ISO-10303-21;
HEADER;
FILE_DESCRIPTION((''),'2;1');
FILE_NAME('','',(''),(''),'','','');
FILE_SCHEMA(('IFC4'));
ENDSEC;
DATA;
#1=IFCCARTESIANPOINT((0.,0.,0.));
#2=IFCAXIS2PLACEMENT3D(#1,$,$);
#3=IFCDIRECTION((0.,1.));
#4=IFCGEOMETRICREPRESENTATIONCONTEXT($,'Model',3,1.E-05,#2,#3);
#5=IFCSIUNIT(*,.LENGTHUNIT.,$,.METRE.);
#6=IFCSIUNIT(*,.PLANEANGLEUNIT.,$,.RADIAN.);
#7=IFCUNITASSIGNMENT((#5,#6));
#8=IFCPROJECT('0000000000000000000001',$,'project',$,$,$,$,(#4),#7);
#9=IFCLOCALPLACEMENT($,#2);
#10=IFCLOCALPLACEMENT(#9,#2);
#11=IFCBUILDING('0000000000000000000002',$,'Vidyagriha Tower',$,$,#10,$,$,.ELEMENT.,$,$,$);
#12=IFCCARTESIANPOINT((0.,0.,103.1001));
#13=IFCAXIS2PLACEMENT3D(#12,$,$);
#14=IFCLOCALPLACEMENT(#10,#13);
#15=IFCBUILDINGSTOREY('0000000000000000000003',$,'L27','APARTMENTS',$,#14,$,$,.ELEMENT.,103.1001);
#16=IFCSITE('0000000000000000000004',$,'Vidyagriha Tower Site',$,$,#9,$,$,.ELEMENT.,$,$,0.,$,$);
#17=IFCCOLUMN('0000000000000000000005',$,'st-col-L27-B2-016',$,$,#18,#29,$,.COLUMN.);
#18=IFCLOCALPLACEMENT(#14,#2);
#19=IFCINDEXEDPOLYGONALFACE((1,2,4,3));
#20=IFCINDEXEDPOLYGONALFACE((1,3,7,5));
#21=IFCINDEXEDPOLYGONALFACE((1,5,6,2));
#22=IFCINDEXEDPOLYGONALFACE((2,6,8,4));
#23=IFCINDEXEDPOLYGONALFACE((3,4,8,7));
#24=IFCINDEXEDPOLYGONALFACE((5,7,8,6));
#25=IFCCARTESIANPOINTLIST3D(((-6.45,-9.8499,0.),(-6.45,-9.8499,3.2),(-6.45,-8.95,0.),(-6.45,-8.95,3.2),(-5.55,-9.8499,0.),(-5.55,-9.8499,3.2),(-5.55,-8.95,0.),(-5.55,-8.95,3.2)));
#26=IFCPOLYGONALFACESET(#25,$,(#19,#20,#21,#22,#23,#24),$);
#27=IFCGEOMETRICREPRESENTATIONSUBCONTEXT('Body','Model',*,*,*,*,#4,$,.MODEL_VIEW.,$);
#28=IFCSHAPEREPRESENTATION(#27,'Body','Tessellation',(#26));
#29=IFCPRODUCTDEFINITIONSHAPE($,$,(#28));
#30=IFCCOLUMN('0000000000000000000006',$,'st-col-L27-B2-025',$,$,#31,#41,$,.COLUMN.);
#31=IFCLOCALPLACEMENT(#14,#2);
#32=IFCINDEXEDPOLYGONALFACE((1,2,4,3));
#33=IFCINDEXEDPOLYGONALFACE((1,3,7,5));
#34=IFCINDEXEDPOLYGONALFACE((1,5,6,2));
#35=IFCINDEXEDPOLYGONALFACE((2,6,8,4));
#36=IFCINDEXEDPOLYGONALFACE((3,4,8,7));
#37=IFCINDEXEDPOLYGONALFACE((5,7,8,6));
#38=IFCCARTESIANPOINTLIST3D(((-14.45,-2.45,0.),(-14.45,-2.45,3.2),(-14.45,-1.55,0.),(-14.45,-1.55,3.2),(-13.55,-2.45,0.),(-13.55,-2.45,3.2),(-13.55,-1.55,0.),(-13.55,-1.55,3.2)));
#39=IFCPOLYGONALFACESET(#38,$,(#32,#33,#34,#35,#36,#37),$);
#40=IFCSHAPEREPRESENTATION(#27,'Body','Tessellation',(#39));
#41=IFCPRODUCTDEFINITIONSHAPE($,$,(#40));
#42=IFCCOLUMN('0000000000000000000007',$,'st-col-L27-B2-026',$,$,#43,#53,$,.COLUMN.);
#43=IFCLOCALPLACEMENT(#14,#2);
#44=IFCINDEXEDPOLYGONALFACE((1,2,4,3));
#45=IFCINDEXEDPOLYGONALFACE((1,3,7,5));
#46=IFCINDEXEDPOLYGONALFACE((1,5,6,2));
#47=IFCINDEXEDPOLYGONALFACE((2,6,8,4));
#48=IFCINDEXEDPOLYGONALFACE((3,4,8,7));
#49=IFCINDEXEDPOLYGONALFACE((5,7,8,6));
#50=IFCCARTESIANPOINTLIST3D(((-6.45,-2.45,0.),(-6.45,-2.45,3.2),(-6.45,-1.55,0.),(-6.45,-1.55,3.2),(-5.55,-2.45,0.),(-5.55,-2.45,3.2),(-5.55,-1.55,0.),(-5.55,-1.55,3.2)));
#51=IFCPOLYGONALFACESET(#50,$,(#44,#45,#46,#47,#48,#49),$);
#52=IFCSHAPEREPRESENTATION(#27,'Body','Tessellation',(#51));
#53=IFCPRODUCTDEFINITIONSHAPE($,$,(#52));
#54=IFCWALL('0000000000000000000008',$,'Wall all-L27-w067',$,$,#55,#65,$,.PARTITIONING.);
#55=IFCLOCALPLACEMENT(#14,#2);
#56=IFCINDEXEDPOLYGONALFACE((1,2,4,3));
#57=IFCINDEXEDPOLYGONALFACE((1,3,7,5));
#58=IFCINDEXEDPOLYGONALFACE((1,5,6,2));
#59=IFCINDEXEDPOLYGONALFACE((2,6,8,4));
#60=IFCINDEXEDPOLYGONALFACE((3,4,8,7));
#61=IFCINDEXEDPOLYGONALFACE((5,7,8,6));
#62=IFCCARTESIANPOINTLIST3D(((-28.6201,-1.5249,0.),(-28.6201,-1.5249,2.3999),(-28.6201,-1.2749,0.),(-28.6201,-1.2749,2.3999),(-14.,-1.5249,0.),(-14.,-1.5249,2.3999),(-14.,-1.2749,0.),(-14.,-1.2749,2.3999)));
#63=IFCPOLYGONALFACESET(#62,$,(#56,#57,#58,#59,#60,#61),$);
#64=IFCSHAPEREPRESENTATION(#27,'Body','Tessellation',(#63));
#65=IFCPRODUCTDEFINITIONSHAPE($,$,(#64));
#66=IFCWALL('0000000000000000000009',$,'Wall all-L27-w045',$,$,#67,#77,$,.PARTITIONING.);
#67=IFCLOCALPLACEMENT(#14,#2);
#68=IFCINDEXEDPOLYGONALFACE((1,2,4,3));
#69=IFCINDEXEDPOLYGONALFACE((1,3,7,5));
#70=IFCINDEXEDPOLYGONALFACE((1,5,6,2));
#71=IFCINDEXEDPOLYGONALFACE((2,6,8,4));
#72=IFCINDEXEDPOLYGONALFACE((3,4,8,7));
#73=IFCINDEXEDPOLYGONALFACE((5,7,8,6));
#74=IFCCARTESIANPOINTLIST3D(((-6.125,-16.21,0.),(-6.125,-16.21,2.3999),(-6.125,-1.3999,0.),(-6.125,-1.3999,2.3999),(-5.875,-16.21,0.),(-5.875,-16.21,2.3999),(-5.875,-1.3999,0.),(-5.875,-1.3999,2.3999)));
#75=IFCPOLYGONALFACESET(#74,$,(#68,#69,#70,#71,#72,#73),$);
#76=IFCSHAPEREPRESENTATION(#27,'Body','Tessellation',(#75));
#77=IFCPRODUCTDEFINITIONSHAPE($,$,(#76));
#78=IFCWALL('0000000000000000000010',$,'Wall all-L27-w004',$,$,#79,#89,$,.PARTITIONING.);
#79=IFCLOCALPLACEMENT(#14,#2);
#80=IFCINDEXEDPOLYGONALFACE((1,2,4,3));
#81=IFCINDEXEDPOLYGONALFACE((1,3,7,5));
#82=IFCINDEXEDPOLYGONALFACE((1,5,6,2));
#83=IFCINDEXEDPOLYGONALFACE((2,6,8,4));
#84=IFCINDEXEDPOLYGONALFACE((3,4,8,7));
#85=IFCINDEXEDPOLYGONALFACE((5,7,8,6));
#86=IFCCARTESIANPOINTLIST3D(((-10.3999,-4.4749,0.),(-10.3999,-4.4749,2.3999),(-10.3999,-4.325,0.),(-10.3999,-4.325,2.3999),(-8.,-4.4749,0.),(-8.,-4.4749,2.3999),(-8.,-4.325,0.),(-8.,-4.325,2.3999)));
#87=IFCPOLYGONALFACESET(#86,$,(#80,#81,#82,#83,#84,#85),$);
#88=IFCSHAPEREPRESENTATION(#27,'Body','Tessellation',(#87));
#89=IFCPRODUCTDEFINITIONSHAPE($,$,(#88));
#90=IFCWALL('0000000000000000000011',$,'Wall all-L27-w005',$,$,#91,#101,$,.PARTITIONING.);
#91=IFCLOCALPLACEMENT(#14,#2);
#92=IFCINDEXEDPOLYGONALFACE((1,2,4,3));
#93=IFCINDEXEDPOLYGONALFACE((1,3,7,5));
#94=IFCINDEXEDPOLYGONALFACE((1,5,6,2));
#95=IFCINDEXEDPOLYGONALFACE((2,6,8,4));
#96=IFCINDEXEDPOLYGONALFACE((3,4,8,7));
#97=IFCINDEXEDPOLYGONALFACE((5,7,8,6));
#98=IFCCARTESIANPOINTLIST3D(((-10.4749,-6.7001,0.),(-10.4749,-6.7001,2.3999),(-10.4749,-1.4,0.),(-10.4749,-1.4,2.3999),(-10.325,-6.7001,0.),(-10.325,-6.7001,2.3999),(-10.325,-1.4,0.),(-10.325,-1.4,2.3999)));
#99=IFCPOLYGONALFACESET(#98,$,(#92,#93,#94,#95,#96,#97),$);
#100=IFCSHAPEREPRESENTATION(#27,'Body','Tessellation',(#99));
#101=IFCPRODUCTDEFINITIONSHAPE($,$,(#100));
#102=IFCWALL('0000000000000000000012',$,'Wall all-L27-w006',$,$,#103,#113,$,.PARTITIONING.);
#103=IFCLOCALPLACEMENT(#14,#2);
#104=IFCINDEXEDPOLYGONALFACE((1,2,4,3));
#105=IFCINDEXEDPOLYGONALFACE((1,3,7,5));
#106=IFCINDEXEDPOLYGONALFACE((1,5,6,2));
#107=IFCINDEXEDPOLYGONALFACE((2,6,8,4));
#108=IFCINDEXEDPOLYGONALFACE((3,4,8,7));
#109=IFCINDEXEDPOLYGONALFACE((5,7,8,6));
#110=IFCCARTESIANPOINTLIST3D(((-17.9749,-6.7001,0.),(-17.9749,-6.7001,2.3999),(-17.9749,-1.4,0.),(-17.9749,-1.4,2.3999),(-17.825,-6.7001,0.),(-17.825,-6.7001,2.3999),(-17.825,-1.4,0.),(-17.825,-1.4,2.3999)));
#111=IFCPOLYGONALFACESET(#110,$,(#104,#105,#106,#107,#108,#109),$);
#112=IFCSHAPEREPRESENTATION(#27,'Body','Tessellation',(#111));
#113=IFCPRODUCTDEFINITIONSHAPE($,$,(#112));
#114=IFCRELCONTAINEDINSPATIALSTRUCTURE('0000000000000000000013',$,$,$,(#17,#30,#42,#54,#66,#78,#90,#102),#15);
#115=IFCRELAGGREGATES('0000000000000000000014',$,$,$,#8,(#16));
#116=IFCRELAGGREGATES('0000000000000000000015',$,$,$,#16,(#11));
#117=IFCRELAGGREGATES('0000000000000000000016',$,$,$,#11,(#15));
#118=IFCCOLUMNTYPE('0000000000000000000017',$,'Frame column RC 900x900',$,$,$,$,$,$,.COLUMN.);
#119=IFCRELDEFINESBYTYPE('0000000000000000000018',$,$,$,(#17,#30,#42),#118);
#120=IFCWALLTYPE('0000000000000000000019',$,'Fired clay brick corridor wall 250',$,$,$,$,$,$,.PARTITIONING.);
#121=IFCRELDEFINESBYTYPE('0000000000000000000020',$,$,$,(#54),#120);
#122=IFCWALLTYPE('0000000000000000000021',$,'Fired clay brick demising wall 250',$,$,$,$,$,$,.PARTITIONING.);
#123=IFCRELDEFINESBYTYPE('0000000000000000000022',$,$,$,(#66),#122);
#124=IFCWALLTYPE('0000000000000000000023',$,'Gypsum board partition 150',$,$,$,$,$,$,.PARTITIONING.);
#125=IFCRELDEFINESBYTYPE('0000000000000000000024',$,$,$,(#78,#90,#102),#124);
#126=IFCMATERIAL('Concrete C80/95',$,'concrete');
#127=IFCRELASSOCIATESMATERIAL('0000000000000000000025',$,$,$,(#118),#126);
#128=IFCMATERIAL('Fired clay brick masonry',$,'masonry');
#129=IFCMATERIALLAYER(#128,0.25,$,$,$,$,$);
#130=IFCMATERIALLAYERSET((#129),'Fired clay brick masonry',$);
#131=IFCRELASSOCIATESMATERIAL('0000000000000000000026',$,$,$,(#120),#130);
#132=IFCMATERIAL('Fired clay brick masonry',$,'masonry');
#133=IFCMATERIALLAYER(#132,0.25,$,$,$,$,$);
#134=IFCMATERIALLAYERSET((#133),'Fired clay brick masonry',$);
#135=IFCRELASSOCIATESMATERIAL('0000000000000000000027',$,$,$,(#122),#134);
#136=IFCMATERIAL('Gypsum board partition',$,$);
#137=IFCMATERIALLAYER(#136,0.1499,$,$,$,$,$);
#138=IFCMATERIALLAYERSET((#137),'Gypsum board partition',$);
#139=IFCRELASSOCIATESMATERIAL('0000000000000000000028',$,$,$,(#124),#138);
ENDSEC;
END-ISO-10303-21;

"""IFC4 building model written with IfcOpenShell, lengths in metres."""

from ifc_helpers import new_model, si_unit, direction, frame, frame_2d, origin, origin_2d, place, context, subcontext, project, spatial, rectangle, extrude, material, layer, layer_set, material_profile, profile_set, type_object, element, save


model = new_model("IFC4")

# Units and contexts
model_context = context("Model", 3, precision=1e-05, world=origin(), true_north=direction((0.0, 1.0)))
body_context = subcontext(model_context, "Body", "Model", "MODEL_VIEW")
ifc_project = project(units=[si_unit("LENGTHUNIT", "METRE"), si_unit("PLANEANGLEUNIT", "RADIAN")], contexts=[model_context])

# Site, building, storey
site_placement = place(None, origin())
site = spatial("IfcSite", under=ifc_project, at=site_placement, Name="Vidyagriha Tower Site", CompositionType="ELEMENT", RefElevation=0.0)
building_placement = place(site_placement, origin())
building = spatial("IfcBuilding", under=site, at=building_placement, Name="Vidyagriha Tower", CompositionType="ELEMENT")
storey_placement = place(building_placement, frame((0.0, 0.0, 103.1001)))
storey = spatial("IfcBuildingStorey", under=building, at=storey_placement, Name="L27", Description="APARTMENTS", CompositionType="ELEMENT", Elevation=103.1001)

# Columns
ifc_material_1 = material(Name="Concrete C80/95", Category="concrete")
ifc_material_profile = material_profile(ifc_material_1, rectangle(XDim=0.8999, YDim=0.8999, at=origin_2d()), Name="RC 900x900")
ifc_profile_set = profile_set([ifc_material_profile], Name="Concrete C80/95")
column_type = type_object("IfcColumnType", Name="Frame column RC 900x900", PredefinedType="COLUMN", material=ifc_profile_set)
for number, where, name in (
    (1, (-6.0, -9.3999, 0.0), "st-col-L27-B2-016"),
    (2, (-14.0, -2.0, 0.0), "st-col-L27-B2-025"),
    (3, (-6.0, -2.0, 0.0), "st-col-L27-B2-026"),
):
    element("IfcColumn", number, at=place(storey_placement, frame(where)), inside=storey, type_object=column_type, Name=name, PredefinedType="COLUMN", context=body_context, shape_type="SweptSolid", body=[
        extrude(rectangle(XDim=0.8999, YDim=0.8999, at=origin_2d()), origin(), (0.0, 0.0, 1.0), 3.2),
    ])

# Walls
ifc_material_2 = material(Name="Fired clay brick masonry", Category="masonry")
ifc_layer_1 = layer(ifc_material_2, 0.25)
ifc_layer_set_1 = layer_set([ifc_layer_1], Name="Fired clay brick masonry")
wall_type_1 = type_object("IfcWallType", Name="Fired clay brick corridor wall 250", PredefinedType="PARTITIONING", material=ifc_layer_set_1)
wall_1_placement = place(storey_placement, frame((-14.0, -1.3999, 0.0), z_axis=(0.0, 0.0, 1.0), x_axis=(-1.0, 0.0, 0.0)))
element("IfcWall", 4, at=wall_1_placement, inside=storey, type_object=wall_type_1, Name="Wall all-L27-w067", PredefinedType="PARTITIONING", context=body_context, shape_type="SweptSolid", body=[
    extrude(rectangle(XDim=14.6201, YDim=0.25, at=frame_2d((7.3101, 0.0))), origin(), (0.0, 0.0, 1.0), 2.3999),
])
ifc_material_3 = material(Name="Fired clay brick masonry", Category="masonry")
ifc_layer_2 = layer(ifc_material_3, 0.25)
ifc_layer_set_2 = layer_set([ifc_layer_2], Name="Fired clay brick masonry")
wall_type_2 = type_object("IfcWallType", Name="Fired clay brick demising wall 250", PredefinedType="PARTITIONING", material=ifc_layer_set_2)
wall_2_placement = place(storey_placement, frame((-6.0, -1.3999, 0.0), z_axis=(0.0, 0.0, 1.0), x_axis=(0.0, -1.0, 0.0)))
element("IfcWall", 5, at=wall_2_placement, inside=storey, type_object=wall_type_2, Name="Wall all-L27-w045", PredefinedType="PARTITIONING", context=body_context, shape_type="SweptSolid", body=[
    extrude(rectangle(XDim=14.8101, YDim=0.25, at=frame_2d((7.405, 0.0))), origin(), (0.0, 0.0, 1.0), 2.3999),
])
ifc_material_4 = material(Name="Gypsum board partition")
ifc_layer_3 = layer(ifc_material_4, 0.1499)
ifc_layer_set_3 = layer_set([ifc_layer_3], Name="Gypsum board partition")
wall_type_3 = type_object("IfcWallType", Name="Gypsum board partition 150", PredefinedType="PARTITIONING", material=ifc_layer_set_3)
wall_3_placement = place(storey_placement, frame((-8.0, -4.3999, 0.0), z_axis=(0.0, 0.0, 1.0), x_axis=(-1.0, 0.0, 0.0)))
element("IfcWall", 6, at=wall_3_placement, inside=storey, type_object=wall_type_3, Name="Wall all-L27-w004", PredefinedType="PARTITIONING", context=body_context, shape_type="SweptSolid", body=[
    extrude(rectangle(XDim=2.3999, YDim=0.1499, at=frame_2d((1.2, 0.0))), origin(), (0.0, 0.0, 1.0), 2.3999),
])
for number, where, z_axis, x_axis, name in (
    (7, (-10.3999, -6.7, 0.0), (0.0, 0.0, 1.0), (0.0, 1.0, 0.0), "Wall all-L27-w005"),
    (8, (-17.8999, -6.7, 0.0), (0.0, 0.0, 1.0), (0.0, 1.0, 0.0), "Wall all-L27-w006"),
):
    element("IfcWall", number, at=place(storey_placement, frame(where, z_axis=z_axis, x_axis=x_axis)), inside=storey, type_object=wall_type_3, Name=name, PredefinedType="PARTITIONING", context=body_context, shape_type="SweptSolid", body=[
        extrude(rectangle(XDim=5.3, YDim=0.1499, at=frame_2d((2.6499, 0.0))), origin(), (0.0, 0.0, 1.0), 2.3999),
    ])

save(model, "model.ifc")
